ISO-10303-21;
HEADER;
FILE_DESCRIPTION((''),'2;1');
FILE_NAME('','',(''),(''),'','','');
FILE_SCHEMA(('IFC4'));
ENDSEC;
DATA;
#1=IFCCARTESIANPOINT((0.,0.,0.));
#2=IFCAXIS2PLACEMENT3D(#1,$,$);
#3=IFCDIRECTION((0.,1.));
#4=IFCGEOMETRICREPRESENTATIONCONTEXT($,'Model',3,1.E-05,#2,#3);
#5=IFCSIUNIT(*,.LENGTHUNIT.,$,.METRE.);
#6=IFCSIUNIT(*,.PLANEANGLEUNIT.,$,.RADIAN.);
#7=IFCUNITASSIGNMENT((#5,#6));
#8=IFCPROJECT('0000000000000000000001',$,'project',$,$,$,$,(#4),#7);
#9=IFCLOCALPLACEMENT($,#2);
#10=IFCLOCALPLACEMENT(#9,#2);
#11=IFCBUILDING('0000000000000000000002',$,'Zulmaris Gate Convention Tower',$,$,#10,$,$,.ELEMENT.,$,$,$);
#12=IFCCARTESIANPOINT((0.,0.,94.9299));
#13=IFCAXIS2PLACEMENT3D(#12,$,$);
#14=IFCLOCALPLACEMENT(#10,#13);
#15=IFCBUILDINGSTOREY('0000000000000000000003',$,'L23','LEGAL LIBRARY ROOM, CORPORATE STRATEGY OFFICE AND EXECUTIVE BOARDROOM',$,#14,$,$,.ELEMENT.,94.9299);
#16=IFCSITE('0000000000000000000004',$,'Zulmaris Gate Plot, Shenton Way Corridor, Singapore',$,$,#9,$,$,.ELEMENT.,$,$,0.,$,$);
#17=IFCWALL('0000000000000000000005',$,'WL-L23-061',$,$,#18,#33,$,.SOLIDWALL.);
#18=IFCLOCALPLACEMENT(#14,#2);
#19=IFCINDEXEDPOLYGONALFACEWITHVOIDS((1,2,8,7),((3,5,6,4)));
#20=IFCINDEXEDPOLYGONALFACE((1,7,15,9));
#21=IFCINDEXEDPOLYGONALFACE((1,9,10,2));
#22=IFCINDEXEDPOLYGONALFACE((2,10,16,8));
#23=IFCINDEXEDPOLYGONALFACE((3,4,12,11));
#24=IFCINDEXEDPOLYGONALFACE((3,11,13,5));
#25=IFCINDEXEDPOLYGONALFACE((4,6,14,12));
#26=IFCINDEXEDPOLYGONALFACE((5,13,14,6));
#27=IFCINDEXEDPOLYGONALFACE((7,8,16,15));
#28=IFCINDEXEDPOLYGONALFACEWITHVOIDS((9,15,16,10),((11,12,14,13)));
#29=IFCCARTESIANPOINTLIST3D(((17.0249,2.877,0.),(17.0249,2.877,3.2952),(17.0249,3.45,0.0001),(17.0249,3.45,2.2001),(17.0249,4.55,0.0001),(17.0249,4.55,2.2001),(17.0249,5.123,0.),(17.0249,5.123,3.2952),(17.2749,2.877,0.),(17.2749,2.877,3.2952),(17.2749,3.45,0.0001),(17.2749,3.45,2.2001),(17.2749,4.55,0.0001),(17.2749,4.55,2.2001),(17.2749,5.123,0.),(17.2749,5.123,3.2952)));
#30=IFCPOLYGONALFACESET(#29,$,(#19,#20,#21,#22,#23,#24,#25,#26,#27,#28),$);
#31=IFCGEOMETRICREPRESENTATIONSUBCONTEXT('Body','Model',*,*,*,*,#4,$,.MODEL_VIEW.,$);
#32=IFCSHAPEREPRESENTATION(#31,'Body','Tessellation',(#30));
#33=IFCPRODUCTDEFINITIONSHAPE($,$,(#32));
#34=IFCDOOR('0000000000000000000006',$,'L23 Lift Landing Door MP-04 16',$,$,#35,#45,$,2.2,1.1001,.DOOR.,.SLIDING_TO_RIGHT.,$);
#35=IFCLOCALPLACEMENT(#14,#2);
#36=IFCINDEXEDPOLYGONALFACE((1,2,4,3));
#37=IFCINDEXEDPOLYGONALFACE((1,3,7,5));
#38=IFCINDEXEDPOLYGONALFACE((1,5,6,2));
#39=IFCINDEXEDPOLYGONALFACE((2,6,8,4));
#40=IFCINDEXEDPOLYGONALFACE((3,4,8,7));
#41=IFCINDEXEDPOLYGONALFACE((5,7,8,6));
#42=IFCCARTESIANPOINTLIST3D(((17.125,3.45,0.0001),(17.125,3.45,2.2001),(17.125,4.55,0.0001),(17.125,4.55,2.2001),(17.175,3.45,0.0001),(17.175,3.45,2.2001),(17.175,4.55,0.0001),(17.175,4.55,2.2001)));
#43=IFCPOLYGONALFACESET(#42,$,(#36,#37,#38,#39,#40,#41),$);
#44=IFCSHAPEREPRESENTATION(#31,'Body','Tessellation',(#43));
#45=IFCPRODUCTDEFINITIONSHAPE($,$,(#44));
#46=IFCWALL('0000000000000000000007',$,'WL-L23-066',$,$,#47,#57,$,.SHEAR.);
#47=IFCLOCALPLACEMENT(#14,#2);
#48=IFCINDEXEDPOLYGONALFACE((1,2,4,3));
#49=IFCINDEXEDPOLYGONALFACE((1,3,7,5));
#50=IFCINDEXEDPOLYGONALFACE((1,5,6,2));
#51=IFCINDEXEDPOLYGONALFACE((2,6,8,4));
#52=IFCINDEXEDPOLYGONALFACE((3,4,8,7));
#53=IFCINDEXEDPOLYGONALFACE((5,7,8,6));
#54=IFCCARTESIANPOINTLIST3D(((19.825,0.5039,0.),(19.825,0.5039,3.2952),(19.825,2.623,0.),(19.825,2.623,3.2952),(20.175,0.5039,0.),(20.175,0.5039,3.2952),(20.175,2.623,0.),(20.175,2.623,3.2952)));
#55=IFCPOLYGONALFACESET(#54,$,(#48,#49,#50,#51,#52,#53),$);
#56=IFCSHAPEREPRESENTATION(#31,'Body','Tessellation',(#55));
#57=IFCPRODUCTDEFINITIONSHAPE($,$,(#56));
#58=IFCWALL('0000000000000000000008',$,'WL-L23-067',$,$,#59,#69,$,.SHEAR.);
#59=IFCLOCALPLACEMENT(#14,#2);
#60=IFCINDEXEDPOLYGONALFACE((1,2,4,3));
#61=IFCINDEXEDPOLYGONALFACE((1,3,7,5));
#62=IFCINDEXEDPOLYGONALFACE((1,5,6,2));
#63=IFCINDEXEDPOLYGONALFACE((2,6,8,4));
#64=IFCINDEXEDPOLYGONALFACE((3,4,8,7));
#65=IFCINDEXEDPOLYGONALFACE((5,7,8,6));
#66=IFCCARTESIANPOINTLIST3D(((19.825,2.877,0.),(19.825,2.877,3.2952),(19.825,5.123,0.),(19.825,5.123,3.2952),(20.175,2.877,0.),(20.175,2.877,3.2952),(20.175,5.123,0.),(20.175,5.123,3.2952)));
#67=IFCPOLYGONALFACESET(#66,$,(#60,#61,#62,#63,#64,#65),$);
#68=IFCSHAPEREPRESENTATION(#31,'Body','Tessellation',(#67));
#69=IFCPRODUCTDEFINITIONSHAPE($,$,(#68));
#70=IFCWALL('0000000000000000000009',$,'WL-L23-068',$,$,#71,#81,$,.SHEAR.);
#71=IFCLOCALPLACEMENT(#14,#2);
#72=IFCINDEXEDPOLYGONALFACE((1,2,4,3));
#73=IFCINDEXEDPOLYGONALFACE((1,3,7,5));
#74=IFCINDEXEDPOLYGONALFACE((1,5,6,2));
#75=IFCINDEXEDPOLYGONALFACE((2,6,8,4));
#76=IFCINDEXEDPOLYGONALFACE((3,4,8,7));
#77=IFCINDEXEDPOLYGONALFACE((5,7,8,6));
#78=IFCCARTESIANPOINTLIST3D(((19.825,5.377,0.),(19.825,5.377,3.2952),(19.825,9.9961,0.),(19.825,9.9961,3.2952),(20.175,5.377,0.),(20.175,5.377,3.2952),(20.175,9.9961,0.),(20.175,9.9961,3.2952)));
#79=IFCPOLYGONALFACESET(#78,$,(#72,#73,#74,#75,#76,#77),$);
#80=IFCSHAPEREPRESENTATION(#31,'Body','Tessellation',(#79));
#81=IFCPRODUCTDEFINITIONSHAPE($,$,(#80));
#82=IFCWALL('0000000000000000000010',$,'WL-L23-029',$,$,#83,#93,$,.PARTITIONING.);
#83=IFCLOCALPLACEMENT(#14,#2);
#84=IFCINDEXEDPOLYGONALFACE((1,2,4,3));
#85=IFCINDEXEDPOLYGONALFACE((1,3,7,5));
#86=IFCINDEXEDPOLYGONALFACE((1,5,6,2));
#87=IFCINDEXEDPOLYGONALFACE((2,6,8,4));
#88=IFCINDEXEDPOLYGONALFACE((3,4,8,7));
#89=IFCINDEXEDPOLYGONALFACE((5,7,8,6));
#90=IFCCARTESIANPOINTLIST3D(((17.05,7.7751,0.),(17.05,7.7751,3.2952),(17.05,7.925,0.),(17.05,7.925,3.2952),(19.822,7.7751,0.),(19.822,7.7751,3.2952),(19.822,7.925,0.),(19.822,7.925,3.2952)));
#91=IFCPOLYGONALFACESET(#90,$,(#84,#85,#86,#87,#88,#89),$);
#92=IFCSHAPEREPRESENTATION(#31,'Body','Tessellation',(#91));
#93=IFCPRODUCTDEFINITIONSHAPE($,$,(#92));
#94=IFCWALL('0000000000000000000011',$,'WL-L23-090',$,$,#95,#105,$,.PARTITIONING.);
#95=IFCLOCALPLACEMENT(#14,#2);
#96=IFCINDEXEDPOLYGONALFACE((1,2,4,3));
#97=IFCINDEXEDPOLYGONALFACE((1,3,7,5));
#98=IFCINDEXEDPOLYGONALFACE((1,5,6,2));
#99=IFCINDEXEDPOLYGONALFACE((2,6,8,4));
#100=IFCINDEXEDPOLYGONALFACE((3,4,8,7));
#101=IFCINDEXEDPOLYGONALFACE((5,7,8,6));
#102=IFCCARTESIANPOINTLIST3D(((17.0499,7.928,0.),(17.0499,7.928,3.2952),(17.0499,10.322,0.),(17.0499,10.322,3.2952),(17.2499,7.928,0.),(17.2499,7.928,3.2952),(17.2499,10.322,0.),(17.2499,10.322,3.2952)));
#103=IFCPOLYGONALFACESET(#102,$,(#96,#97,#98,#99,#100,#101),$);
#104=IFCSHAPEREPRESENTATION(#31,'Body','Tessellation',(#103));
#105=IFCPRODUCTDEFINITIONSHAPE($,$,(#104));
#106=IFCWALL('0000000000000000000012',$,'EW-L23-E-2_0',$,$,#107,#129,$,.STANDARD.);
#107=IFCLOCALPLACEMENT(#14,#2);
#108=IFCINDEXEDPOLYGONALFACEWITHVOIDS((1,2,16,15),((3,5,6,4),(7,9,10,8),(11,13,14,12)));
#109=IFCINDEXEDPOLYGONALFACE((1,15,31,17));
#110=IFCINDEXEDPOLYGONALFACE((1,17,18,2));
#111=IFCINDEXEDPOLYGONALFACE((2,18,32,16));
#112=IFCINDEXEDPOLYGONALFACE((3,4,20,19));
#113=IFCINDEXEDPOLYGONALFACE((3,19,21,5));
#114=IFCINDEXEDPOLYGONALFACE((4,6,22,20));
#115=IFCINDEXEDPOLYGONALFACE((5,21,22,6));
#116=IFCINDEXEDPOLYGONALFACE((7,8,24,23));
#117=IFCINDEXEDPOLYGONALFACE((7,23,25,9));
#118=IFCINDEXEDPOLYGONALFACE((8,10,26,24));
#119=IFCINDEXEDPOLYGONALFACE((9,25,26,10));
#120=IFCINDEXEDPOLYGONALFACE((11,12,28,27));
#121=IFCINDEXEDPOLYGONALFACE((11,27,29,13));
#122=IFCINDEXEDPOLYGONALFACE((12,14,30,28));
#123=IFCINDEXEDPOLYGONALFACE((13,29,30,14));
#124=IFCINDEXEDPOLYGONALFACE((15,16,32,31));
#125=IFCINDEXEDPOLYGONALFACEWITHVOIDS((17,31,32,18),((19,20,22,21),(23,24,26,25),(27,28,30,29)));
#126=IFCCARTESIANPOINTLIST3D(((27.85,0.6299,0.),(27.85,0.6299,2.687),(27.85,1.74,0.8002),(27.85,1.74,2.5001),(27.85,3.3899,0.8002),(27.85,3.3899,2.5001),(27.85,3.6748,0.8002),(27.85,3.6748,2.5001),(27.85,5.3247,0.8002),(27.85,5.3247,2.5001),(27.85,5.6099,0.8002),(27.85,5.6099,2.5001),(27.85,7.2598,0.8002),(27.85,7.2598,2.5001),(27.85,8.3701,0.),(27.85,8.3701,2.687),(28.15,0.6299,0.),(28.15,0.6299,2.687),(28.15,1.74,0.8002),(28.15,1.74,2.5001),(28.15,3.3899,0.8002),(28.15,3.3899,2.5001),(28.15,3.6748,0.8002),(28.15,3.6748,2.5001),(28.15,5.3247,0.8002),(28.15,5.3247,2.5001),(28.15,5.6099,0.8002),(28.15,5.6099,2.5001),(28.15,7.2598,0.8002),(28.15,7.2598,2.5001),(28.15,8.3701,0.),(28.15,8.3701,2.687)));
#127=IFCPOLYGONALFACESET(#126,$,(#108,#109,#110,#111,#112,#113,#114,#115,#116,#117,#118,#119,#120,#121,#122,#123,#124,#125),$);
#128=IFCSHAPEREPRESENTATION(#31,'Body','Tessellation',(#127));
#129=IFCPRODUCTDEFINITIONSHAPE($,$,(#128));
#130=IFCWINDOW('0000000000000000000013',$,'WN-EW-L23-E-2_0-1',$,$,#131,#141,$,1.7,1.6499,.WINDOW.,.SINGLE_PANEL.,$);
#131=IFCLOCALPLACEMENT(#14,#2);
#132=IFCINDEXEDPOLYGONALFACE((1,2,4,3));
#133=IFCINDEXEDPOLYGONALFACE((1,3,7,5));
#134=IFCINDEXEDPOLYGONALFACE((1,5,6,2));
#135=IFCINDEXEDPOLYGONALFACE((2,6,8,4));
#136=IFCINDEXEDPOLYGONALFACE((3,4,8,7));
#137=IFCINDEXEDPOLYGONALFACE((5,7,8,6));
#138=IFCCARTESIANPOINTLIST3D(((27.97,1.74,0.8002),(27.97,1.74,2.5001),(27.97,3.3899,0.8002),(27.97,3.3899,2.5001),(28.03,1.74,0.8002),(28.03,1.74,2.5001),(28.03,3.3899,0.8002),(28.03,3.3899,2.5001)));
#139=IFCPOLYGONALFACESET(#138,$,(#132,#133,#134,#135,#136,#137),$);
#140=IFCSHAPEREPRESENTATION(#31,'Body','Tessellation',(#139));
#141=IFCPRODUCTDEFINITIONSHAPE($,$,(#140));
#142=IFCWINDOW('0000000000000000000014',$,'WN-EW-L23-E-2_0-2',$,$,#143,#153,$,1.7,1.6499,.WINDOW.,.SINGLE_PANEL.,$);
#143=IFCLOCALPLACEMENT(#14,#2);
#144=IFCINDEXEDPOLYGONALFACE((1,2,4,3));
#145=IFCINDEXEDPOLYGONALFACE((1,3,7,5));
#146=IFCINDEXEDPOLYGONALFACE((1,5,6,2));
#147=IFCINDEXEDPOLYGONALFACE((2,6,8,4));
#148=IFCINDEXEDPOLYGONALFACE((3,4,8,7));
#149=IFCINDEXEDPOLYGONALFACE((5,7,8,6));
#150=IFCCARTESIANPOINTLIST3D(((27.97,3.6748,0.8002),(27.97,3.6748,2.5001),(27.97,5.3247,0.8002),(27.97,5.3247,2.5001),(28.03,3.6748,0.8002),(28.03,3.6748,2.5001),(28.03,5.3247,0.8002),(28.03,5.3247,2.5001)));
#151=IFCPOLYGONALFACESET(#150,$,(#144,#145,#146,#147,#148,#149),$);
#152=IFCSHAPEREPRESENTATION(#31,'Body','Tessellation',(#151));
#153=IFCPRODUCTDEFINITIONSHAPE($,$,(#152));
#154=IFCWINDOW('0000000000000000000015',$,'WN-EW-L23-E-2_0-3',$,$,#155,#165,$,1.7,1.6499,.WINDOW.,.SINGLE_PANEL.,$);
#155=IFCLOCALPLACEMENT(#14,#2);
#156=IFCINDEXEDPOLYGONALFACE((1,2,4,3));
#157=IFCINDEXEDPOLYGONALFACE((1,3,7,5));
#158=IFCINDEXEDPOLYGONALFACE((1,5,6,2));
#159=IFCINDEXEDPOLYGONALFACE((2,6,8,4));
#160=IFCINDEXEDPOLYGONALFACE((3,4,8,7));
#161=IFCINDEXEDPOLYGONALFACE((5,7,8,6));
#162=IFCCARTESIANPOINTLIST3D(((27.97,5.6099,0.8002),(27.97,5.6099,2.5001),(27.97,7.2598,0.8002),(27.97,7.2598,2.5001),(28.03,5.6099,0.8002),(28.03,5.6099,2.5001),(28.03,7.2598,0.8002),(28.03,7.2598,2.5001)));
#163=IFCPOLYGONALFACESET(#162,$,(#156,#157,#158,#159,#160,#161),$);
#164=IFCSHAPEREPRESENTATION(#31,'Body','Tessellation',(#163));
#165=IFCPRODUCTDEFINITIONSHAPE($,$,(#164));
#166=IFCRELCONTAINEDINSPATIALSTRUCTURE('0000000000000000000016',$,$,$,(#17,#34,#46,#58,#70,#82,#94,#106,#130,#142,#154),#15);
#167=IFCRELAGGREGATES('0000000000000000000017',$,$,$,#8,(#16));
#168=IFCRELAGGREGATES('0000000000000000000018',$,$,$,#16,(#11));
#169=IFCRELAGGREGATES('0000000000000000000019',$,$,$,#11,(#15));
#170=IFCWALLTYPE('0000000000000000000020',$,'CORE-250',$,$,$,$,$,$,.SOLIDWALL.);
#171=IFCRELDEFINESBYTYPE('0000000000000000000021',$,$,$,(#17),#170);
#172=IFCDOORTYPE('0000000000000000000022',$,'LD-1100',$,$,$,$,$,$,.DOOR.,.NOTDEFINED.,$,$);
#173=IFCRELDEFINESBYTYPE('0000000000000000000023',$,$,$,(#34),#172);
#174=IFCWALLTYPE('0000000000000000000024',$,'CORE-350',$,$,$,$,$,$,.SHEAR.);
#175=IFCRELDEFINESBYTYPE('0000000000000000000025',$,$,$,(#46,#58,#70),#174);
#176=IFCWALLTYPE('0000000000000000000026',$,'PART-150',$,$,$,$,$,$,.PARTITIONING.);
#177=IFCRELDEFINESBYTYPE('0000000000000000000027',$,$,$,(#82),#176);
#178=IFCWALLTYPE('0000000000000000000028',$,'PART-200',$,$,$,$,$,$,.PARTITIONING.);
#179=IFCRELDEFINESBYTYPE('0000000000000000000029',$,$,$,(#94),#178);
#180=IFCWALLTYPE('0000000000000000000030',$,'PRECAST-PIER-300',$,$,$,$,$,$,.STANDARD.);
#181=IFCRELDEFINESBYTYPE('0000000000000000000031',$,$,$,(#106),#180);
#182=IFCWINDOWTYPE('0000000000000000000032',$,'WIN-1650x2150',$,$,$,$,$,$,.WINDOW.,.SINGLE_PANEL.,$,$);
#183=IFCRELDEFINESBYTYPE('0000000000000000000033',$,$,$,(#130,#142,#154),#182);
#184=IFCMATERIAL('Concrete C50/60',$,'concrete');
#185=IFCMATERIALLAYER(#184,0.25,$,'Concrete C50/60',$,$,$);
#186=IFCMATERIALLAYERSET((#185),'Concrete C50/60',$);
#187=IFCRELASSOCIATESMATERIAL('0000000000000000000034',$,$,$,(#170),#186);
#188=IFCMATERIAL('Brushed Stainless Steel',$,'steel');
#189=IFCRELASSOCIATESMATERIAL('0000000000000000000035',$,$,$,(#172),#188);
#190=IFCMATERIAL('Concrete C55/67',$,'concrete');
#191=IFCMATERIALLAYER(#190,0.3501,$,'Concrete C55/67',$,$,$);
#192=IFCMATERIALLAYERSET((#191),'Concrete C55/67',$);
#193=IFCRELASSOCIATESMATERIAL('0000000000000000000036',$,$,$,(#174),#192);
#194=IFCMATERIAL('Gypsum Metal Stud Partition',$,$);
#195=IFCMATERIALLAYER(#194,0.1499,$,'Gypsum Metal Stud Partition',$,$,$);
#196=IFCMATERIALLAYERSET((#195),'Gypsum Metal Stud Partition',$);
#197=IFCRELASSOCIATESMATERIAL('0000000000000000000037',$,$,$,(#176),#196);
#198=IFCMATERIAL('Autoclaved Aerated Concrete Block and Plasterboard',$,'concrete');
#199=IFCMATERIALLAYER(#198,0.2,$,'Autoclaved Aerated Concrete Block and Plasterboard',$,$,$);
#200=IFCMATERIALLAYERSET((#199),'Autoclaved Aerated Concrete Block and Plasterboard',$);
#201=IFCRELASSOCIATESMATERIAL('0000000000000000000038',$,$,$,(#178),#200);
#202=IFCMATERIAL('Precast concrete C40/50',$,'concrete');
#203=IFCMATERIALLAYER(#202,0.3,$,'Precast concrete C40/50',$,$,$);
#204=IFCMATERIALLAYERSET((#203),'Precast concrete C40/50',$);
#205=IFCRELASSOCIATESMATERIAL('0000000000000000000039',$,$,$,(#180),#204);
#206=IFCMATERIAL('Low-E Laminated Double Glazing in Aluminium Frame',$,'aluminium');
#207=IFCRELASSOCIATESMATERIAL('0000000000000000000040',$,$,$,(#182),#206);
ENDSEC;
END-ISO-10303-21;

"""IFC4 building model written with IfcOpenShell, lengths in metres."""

from ifc_helpers import new_model, si_unit, direction, frame, frame_2d, origin, place, context, subcontext, project, spatial, rectangle, extrude, material, layer, layer_set, type_object, element, fill, save


model = new_model("IFC4")

# Units and contexts
model_context = context("Model", 3, precision=1e-05, world=origin(), true_north=direction((0.0, 1.0)))
body_context = subcontext(model_context, "Body", "Model", "MODEL_VIEW")
ifc_project = project(units=[si_unit("LENGTHUNIT", "METRE"), si_unit("PLANEANGLEUNIT", "RADIAN")], contexts=[model_context])

# Site, building, storey
site_placement = place(None, origin())
site = spatial("IfcSite", under=ifc_project, at=site_placement, Name="Zulmaris Gate Plot, Shenton Way Corridor, Singapore", CompositionType="ELEMENT", RefElevation=0.0)
building_placement = place(site_placement, origin())
building = spatial("IfcBuilding", under=site, at=building_placement, Name="Zulmaris Gate Convention Tower", CompositionType="ELEMENT")
storey_placement = place(building_placement, frame((0.0, 0.0, 94.9299)))
storey = spatial("IfcBuildingStorey", under=building, at=storey_placement, Name="L23", Description="LEGAL LIBRARY ROOM, CORPORATE STRATEGY OFFICE AND EXECUTIVE BOARDROOM", CompositionType="ELEMENT", Elevation=94.9299)

# Shared definitions
ifc_material_1 = material(Name="Concrete C50/60", Category="concrete")
ifc_layer_1 = layer(ifc_material_1, 0.25, Name="Concrete C50/60")
ifc_layer_set_1 = layer_set([ifc_layer_1], Name="Concrete C50/60")
wall_type_1 = type_object("IfcWallType", Name="CORE-250", PredefinedType="SOLIDWALL", material=ifc_layer_set_1)

# Wall, opening, door
ifc_material_2 = material(Name="Brushed Stainless Steel", Category="steel")
door_type_1 = type_object("IfcDoorType", Name="LD-1100", OperationType="NOTDEFINED", PredefinedType="DOOR", material=ifc_material_2)
wall_1_placement = place(storey_placement, frame((17.1499, 2.877, 0.0), z_axis=(0.0, 0.0, 1.0), x_axis=(0.0, 1.0, 0.0)))
wall_1 = element("IfcWall", 1, at=wall_1_placement, inside=storey, type_object=wall_type_1, Name="WL-L23-061", PredefinedType="SOLIDWALL", context=body_context, shape_type="SweptSolid", body=[
    extrude(rectangle(XDim=2.2461, YDim=0.25, at=frame_2d((1.123, 0.0))), origin(), (0.0, 0.0, 1.0), 3.2952),
])
opening_1_placement = place(wall_1_placement, frame((0.573, 0.0, 0.0)))
opening_1 = element("IfcOpeningElement", 2, at=opening_1_placement, cuts=wall_1, PredefinedType="OPENING", context=body_context, shape_type="SweptSolid", body=[
    extrude(rectangle(XDim=1.1001, YDim=2.2, at=frame_2d((0.55, 1.1001))), frame((0.0, 0.135, 0.0), z_axis=(0.0, -1.0, 0.0), x_axis=(1.0, 0.0, 0.0)), (0.0, 0.0, 1.0), 0.27),
])
door_1_placement = place(opening_1_placement, origin())
door_1 = element("IfcDoor", 3, at=door_1_placement, inside=storey, type_object=door_type_1, Name="L23 Lift Landing Door MP-04 16", OperationType="SLIDING_TO_RIGHT", OverallHeight=2.2, OverallWidth=1.1001, PredefinedType="DOOR", context=body_context, shape_type="SweptSolid", body=[
    extrude(rectangle(XDim=1.1001, YDim=2.2, at=frame_2d((0.55, 1.1001))), frame((0.0, 0.0249, 0.0), z_axis=(0.0, -1.0, 0.0), x_axis=(1.0, 0.0, 0.0)), (0.0, 0.0, 1.0), 0.05),
])
fill(opening_1, door_1)

# Walls
ifc_material_3 = material(Name="Concrete C55/67", Category="concrete")
ifc_layer_2 = layer(ifc_material_3, 0.3501, Name="Concrete C55/67")
ifc_layer_set_2 = layer_set([ifc_layer_2], Name="Concrete C55/67")
wall_type_2 = type_object("IfcWallType", Name="CORE-350", PredefinedType="SHEAR", material=ifc_layer_set_2)
wall_2_placement = place(storey_placement, frame((20.0, 0.5039, 0.0), z_axis=(0.0, 0.0, 1.0), x_axis=(0.0, 1.0, 0.0)))
element("IfcWall", 4, at=wall_2_placement, inside=storey, type_object=wall_type_2, Name="WL-L23-066", PredefinedType="SHEAR", context=body_context, shape_type="SweptSolid", body=[
    extrude(rectangle(XDim=2.1191, YDim=0.3501, at=frame_2d((1.0596, 0.0))), origin(), (0.0, 0.0, 1.0), 3.2952),
])
wall_3_placement = place(storey_placement, frame((20.0, 2.877, 0.0), z_axis=(0.0, 0.0, 1.0), x_axis=(0.0, 1.0, 0.0)))
element("IfcWall", 5, at=wall_3_placement, inside=storey, type_object=wall_type_2, Name="WL-L23-067", PredefinedType="SHEAR", context=body_context, shape_type="SweptSolid", body=[
    extrude(rectangle(XDim=2.2461, YDim=0.3501, at=frame_2d((1.123, 0.0))), origin(), (0.0, 0.0, 1.0), 3.2952),
])
wall_4_placement = place(storey_placement, frame((20.0, 5.377, 0.0), z_axis=(0.0, 0.0, 1.0), x_axis=(0.0, 1.0, 0.0)))
element("IfcWall", 6, at=wall_4_placement, inside=storey, type_object=wall_type_2, Name="WL-L23-068", PredefinedType="SHEAR", context=body_context, shape_type="SweptSolid", body=[
    extrude(rectangle(XDim=4.6191, YDim=0.3501, at=frame_2d((2.3096, 0.0))), origin(), (0.0, 0.0, 1.0), 3.2952),
])
ifc_material_4 = material(Name="Gypsum Metal Stud Partition")
ifc_layer_3 = layer(ifc_material_4, 0.1499, Name="Gypsum Metal Stud Partition")
ifc_layer_set_3 = layer_set([ifc_layer_3], Name="Gypsum Metal Stud Partition")
wall_type_3 = type_object("IfcWallType", Name="PART-150", PredefinedType="PARTITIONING", material=ifc_layer_set_3)
wall_5_placement = place(storey_placement, frame((17.05, 7.8501, 0.0), z_axis=(0.0, 0.0, 1.0), x_axis=(1.0, 0.0, 0.0)))
element("IfcWall", 7, at=wall_5_placement, inside=storey, type_object=wall_type_3, Name="WL-L23-029", PredefinedType="PARTITIONING", context=body_context, shape_type="SweptSolid", body=[
    extrude(rectangle(XDim=2.772, YDim=0.1499, at=frame_2d((1.386, 0.0))), origin(), (0.0, 0.0, 1.0), 3.2952),
])

# Shared definitions
ifc_material_5 = material(Name="Autoclaved Aerated Concrete Block and Plasterboard", Category="concrete")
ifc_layer_4 = layer(ifc_material_5, 0.2, Name="Autoclaved Aerated Concrete Block and Plasterboard")
ifc_layer_set_4 = layer_set([ifc_layer_4], Name="Autoclaved Aerated Concrete Block and Plasterboard")
wall_type_4 = type_object("IfcWallType", Name="PART-200", PredefinedType="PARTITIONING", material=ifc_layer_set_4)

# Wall
wall_6_placement = place(storey_placement, frame((17.1499, 7.928, 0.0), z_axis=(0.0, 0.0, 1.0), x_axis=(0.0, 1.0, 0.0)))
element("IfcWall", 8, at=wall_6_placement, inside=storey, type_object=wall_type_4, Name="WL-L23-090", PredefinedType="PARTITIONING", context=body_context, shape_type="SweptSolid", body=[
    extrude(rectangle(XDim=2.394, YDim=0.2, at=frame_2d((1.197, 0.0))), origin(), (0.0, 0.0, 1.0), 3.2952),
])

# Wall, openings, windows
ifc_material_6 = material(Name="Precast concrete C40/50", Category="concrete")
ifc_layer_5 = layer(ifc_material_6, 0.3, Name="Precast concrete C40/50")
ifc_layer_set_5 = layer_set([ifc_layer_5], Name="Precast concrete C40/50")
wall_type_5 = type_object("IfcWallType", Name="PRECAST-PIER-300", PredefinedType="STANDARD", material=ifc_layer_set_5)
wall_7_placement = place(storey_placement, frame((28.0, 0.6299, 0.0), z_axis=(0.0, 0.0, 1.0), x_axis=(0.0, 1.0, 0.0)))
wall_7 = element("IfcWall", 9, at=wall_7_placement, inside=storey, type_object=wall_type_5, Name="EW-L23-E-2_0", PredefinedType="STANDARD", context=body_context, shape_type="SweptSolid", body=[
    extrude(rectangle(XDim=7.7402, YDim=0.3, at=frame_2d((3.8701, 0.0))), origin(), (0.0, 0.0, 1.0), 2.687),
])
opening_2_placement = place(wall_7_placement, frame((1.1101, 0.0, 0.8)))
opening_2 = element("IfcOpeningElement", 10, at=opening_2_placement, cuts=wall_7, PredefinedType="OPENING", context=body_context, shape_type="SweptSolid", body=[
    extrude(rectangle(XDim=1.6499, YDim=1.7, at=frame_2d((0.825, 0.8501))), frame((0.0, 0.1602, 0.0), z_axis=(0.0, -1.0, 0.0), x_axis=(1.0, 0.0, 0.0)), (0.0, 0.0, 1.0), 0.3201),
])
opening_3_placement = place(wall_7_placement, frame((3.0449, 0.0, 0.8)))
opening_3 = element("IfcOpeningElement", 11, at=opening_3_placement, cuts=wall_7, PredefinedType="OPENING", context=body_context, shape_type="SweptSolid", body=[
    extrude(rectangle(XDim=1.6499, YDim=1.7, at=frame_2d((0.825, 0.8501))), frame((0.0, 0.1602, 0.0), z_axis=(0.0, -1.0, 0.0), x_axis=(1.0, 0.0, 0.0)), (0.0, 0.0, 1.0), 0.3201),
])
opening_4_placement = place(wall_7_placement, frame((4.98, 0.0, 0.8)))
opening_4 = element("IfcOpeningElement", 12, at=opening_4_placement, cuts=wall_7, PredefinedType="OPENING", context=body_context, shape_type="SweptSolid", body=[
    extrude(rectangle(XDim=1.6499, YDim=1.7, at=frame_2d((0.825, 0.8501))), frame((0.0, 0.1602, 0.0), z_axis=(0.0, -1.0, 0.0), x_axis=(1.0, 0.0, 0.0)), (0.0, 0.0, 1.0), 0.3201),
])
ifc_material_7 = material(Name="Low-E Laminated Double Glazing in Aluminium Frame", Category="aluminium")
window_type = type_object("IfcWindowType", Name="WIN-1650x2150", PartitioningType="SINGLE_PANEL", PredefinedType="WINDOW", material=ifc_material_7)
window_1_placement = place(opening_2_placement, origin())
window_1 = element("IfcWindow", 13, at=window_1_placement, inside=storey, type_object=window_type, Name="WN-EW-L23-E-2_0-1", OverallHeight=1.7, OverallWidth=1.6499, PartitioningType="SINGLE_PANEL", PredefinedType="WINDOW", context=body_context, shape_type="SweptSolid", body=[
    extrude(rectangle(XDim=1.6499, YDim=1.7, at=frame_2d((0.825, 0.8501))), frame((0.0, 0.03, 0.0), z_axis=(0.0, -1.0, 0.0), x_axis=(1.0, 0.0, 0.0)), (0.0, 0.0, 1.0), 0.0601),
])
fill(opening_2, window_1)
window_2_placement = place(opening_3_placement, origin())
window_2 = element("IfcWindow", 14, at=window_2_placement, inside=storey, type_object=window_type, Name="WN-EW-L23-E-2_0-2", OverallHeight=1.7, OverallWidth=1.6499, PartitioningType="SINGLE_PANEL", PredefinedType="WINDOW", context=body_context, shape_type="SweptSolid", body=[
    extrude(rectangle(XDim=1.6499, YDim=1.7, at=frame_2d((0.825, 0.8501))), frame((0.0, 0.03, 0.0), z_axis=(0.0, -1.0, 0.0), x_axis=(1.0, 0.0, 0.0)), (0.0, 0.0, 1.0), 0.0601),
])
fill(opening_3, window_2)
window_3_placement = place(opening_4_placement, origin())
window_3 = element("IfcWindow", 15, at=window_3_placement, inside=storey, type_object=window_type, Name="WN-EW-L23-E-2_0-3", OverallHeight=1.7, OverallWidth=1.6499, PartitioningType="SINGLE_PANEL", PredefinedType="WINDOW", context=body_context, shape_type="SweptSolid", body=[
    extrude(rectangle(XDim=1.6499, YDim=1.7, at=frame_2d((0.825, 0.8501))), frame((0.0, 0.03, 0.0), z_axis=(0.0, -1.0, 0.0), x_axis=(1.0, 0.0, 0.0)), (0.0, 0.0, 1.0), 0.0601),
])
fill(opening_4, window_3)

save(model, "model.ifc")
